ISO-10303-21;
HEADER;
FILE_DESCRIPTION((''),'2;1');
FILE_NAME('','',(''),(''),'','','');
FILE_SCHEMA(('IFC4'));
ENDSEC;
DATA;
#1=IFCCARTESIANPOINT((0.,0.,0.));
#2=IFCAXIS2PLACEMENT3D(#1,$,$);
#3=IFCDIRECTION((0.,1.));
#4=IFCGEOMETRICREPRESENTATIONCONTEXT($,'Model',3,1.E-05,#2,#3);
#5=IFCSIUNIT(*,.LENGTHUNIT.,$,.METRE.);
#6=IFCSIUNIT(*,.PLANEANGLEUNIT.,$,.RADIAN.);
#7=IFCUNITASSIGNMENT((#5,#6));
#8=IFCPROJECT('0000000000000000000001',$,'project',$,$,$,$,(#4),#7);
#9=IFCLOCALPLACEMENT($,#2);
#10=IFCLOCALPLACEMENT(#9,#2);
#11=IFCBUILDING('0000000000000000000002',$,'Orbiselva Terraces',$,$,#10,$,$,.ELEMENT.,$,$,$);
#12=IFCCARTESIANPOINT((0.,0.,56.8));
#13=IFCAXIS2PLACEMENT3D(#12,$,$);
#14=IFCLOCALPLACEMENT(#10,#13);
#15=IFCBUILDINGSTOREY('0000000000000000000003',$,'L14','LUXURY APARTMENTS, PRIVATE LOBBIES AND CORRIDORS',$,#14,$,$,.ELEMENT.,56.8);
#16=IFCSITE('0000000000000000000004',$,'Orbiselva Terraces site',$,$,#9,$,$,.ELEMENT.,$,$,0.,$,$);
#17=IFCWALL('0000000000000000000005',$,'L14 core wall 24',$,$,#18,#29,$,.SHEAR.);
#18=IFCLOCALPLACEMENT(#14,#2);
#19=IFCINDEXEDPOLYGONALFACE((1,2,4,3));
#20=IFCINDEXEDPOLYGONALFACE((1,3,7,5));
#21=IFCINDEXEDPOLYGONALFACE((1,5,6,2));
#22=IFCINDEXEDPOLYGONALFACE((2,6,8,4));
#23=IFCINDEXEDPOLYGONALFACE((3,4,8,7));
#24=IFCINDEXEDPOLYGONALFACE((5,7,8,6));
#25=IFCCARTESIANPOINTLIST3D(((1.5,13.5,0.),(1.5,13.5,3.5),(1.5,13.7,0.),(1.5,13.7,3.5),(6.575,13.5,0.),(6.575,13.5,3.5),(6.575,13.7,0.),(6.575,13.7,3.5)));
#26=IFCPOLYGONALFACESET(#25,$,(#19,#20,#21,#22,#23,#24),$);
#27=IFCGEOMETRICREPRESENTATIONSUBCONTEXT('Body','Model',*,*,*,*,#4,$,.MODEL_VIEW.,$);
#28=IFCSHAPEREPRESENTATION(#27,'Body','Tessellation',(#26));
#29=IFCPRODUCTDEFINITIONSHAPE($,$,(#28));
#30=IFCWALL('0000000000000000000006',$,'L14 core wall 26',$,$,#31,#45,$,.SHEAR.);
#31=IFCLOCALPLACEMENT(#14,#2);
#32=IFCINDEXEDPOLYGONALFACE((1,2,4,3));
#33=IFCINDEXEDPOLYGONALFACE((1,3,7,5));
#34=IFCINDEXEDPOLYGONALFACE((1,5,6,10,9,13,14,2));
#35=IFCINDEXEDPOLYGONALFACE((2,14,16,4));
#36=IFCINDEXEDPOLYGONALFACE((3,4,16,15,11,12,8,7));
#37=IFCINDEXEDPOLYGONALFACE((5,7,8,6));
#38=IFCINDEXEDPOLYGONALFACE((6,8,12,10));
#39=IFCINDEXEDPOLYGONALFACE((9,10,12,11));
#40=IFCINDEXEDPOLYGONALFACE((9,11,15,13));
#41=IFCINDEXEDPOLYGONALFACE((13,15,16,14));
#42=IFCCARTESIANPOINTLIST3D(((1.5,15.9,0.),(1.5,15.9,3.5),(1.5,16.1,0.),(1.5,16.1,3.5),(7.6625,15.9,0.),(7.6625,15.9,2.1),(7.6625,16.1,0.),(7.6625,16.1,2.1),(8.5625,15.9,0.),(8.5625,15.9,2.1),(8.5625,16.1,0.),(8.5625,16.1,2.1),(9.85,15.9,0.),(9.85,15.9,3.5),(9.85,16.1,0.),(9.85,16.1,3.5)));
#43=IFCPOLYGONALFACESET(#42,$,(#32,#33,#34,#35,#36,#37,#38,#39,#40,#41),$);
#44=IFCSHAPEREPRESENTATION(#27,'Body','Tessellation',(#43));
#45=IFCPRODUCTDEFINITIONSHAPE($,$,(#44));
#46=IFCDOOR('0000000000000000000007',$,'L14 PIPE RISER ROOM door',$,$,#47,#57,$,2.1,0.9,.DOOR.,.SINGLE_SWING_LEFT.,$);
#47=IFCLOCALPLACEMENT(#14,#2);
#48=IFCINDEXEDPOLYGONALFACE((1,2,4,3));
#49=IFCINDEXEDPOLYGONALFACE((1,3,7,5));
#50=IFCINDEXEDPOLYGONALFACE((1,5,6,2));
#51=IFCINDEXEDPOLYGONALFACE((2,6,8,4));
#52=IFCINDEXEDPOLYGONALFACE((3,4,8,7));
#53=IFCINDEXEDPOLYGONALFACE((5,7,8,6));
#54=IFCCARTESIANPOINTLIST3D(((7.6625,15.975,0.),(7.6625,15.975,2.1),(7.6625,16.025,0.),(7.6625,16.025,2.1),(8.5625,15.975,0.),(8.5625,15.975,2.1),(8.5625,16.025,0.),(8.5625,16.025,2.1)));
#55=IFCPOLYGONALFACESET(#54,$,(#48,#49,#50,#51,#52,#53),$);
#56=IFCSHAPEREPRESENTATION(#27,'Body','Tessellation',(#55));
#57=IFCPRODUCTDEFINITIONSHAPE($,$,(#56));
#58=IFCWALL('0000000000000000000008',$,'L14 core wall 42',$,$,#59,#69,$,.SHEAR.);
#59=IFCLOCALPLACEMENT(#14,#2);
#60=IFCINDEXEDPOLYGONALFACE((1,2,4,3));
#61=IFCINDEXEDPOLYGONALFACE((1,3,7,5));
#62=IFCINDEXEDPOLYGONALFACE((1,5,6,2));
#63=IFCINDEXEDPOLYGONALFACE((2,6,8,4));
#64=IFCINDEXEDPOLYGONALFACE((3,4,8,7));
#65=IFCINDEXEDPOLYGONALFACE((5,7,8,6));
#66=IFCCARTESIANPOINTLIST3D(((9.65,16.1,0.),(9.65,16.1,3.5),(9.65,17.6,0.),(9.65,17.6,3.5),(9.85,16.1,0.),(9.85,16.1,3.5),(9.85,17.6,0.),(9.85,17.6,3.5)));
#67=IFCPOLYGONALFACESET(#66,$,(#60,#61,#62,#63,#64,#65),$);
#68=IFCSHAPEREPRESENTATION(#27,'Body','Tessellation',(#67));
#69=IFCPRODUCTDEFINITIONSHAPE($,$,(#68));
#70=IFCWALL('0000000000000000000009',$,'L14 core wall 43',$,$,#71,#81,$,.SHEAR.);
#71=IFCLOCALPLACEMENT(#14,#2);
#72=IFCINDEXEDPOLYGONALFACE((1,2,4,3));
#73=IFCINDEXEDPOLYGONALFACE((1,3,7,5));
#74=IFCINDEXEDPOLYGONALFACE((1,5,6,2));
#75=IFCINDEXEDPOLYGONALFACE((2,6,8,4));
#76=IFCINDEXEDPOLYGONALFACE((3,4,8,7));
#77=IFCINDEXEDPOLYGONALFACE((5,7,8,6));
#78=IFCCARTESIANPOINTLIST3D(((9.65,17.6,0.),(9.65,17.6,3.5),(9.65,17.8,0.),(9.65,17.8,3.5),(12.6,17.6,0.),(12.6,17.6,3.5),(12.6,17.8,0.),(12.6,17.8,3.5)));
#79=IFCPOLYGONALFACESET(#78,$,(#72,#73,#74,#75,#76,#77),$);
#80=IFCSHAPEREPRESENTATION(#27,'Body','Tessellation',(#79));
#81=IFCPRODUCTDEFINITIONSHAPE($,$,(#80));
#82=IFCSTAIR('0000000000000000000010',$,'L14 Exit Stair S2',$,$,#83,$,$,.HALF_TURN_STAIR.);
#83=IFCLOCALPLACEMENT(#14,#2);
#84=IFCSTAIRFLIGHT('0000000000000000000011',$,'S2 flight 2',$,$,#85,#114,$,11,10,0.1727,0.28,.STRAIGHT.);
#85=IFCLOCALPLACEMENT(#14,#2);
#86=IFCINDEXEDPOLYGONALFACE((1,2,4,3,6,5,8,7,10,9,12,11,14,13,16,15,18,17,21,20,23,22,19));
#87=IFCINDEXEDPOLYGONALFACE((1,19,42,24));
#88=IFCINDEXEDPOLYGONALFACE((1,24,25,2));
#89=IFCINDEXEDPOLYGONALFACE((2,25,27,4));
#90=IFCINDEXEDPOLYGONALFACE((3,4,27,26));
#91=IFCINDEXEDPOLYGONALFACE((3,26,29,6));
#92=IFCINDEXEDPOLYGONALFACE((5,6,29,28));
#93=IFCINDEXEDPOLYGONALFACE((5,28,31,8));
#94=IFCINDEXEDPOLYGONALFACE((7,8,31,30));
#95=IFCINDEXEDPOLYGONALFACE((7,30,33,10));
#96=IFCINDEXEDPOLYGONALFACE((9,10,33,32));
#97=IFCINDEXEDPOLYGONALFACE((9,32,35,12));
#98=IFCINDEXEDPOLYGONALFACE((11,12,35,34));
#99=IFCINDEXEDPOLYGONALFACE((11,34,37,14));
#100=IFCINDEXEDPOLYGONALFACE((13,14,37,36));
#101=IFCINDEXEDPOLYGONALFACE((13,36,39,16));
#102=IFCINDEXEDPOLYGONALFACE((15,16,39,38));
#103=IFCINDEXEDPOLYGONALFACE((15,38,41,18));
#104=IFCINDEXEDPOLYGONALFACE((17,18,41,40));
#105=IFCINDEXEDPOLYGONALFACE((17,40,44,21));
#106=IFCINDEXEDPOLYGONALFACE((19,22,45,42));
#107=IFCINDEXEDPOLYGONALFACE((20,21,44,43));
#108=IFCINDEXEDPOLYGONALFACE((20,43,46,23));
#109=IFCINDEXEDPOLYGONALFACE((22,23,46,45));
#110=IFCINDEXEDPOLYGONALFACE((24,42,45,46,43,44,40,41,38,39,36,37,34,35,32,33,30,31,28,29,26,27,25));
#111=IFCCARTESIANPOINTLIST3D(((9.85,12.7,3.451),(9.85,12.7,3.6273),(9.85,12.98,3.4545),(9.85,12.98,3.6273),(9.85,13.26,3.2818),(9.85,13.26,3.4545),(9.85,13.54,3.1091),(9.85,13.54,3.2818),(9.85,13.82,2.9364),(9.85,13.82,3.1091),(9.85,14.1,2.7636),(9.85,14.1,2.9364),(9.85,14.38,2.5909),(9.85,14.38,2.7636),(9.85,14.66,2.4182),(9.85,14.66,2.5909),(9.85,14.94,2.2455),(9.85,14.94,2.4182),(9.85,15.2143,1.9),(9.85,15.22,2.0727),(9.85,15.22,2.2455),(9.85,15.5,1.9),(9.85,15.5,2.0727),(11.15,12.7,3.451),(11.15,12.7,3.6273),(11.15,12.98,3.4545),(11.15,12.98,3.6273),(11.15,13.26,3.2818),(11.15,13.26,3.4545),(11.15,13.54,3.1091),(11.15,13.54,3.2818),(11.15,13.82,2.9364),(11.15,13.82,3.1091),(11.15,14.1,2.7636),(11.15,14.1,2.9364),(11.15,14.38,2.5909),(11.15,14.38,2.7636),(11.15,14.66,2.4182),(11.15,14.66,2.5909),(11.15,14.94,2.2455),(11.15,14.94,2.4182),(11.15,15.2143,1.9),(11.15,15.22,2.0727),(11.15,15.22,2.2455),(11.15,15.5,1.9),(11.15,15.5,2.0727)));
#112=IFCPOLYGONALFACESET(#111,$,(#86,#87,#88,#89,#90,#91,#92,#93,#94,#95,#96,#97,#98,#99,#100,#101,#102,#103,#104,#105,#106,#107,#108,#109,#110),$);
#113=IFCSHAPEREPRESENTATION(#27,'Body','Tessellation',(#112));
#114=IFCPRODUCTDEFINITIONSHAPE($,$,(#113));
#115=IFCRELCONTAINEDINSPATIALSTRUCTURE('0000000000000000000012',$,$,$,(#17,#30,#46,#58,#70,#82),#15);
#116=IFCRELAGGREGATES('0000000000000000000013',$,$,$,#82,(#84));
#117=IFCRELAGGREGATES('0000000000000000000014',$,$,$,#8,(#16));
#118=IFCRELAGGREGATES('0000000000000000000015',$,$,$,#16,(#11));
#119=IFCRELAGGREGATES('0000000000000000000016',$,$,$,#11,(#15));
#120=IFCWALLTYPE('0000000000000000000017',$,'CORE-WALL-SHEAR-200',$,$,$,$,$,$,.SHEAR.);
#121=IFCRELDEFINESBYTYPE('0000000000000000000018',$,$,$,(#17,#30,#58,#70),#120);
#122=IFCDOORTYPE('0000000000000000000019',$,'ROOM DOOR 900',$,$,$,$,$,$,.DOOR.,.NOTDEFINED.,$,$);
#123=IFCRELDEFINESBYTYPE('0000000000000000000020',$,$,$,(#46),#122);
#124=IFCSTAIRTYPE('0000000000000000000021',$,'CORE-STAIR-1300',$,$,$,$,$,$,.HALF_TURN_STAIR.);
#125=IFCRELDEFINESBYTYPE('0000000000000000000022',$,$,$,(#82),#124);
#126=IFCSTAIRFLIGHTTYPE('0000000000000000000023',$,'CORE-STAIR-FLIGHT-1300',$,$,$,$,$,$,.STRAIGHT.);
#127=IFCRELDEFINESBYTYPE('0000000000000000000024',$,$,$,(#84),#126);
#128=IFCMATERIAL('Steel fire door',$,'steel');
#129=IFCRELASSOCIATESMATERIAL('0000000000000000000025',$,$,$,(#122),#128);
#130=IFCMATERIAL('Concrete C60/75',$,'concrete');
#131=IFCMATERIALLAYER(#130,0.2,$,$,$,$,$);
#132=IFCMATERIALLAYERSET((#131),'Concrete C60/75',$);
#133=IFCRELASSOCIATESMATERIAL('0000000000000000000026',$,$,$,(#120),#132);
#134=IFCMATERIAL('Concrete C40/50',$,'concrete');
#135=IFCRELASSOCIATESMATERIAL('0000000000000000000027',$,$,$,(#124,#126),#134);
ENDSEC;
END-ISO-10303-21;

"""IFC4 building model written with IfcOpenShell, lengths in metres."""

from ifc_helpers import new_model, si_unit, direction, frame, frame_2d, origin, place, context, subcontext, project, spatial, polyline, rectangle, outline, extrude, material, layer, layer_set, type_object, element, fill, aggregate, save


model = new_model("IFC4")

# Units and contexts
model_context = context("Model", 3, precision=1e-05, world=origin(), true_north=direction((0.0, 1.0)))
body_context = subcontext(model_context, "Body", "Model", "MODEL_VIEW")
ifc_project = project(units=[si_unit("LENGTHUNIT", "METRE"), si_unit("PLANEANGLEUNIT", "RADIAN")], contexts=[model_context])

# Site, building, storey
site_placement = place(None, origin())
site = spatial("IfcSite", under=ifc_project, at=site_placement, Name="Orbiselva Terraces site", CompositionType="ELEMENT", RefElevation=0.0)
building_placement = place(site_placement, origin())
building = spatial("IfcBuilding", under=site, at=building_placement, Name="Orbiselva Terraces", CompositionType="ELEMENT")
storey_placement = place(building_placement, frame((0.0, 0.0, 56.8)))
storey = spatial("IfcBuildingStorey", under=building, at=storey_placement, Name="L14", Description="LUXURY APARTMENTS, PRIVATE LOBBIES AND CORRIDORS", CompositionType="ELEMENT", Elevation=56.8)

# Shared definitions
ifc_material_1 = material(Name="Steel fire door", Category="steel")
door_type = type_object("IfcDoorType", Name="ROOM DOOR 900", OperationType="NOTDEFINED", PredefinedType="DOOR", material=ifc_material_1)

# Shared definitions
ifc_material_2 = material(Name="Concrete C40/50", Category="concrete")

# Shared definitions
ifc_material_3 = material(Name="Concrete C60/75", Category="concrete")
ifc_layer_1 = layer(ifc_material_3, 0.2)
ifc_layer_set_1 = layer_set([ifc_layer_1], Name="Concrete C60/75")
wall_type_1 = type_object("IfcWallType", Name="CORE-WALL-SHEAR-200", PredefinedType="SHEAR", material=ifc_layer_set_1)

# Wall
wall_1_placement = place(storey_placement, frame((1.5, 13.6, 0.0), z_axis=(0.0, 0.0, 1.0), x_axis=(1.0, 0.0, 0.0)))
element("IfcWall", 1, at=wall_1_placement, inside=storey, type_object=wall_type_1, Name="L14 core wall 24", PredefinedType="SHEAR", context=body_context, shape_type="SweptSolid", body=[
    extrude(rectangle(XDim=5.075, YDim=0.2, at=frame_2d((2.5375, 0.0))), origin(), (0.0, 0.0, 1.0), 3.5),
])

# Wall, opening, door
wall_2_placement = place(storey_placement, frame((9.85, 16.0, 0.0), z_axis=(0.0, 0.0, 1.0), x_axis=(-1.0, 0.0, 0.0)))
wall_2 = element("IfcWall", 2, at=wall_2_placement, inside=storey, type_object=wall_type_1, Name="L14 core wall 26", PredefinedType="SHEAR", context=body_context, shape_type="SweptSolid", body=[
    extrude(rectangle(XDim=8.35, YDim=0.2, at=frame_2d((4.175, 0.0))), origin(), (0.0, 0.0, 1.0), 3.5),
])
opening_1_placement = place(wall_2_placement, frame((1.2875, 0.0, 0.0)))
opening_1 = element("IfcOpeningElement", 3, at=opening_1_placement, cuts=wall_2, PredefinedType="OPENING", context=body_context, shape_type="SweptSolid", body=[
    extrude(rectangle(XDim=0.9, YDim=2.1, at=frame_2d((0.45, 1.05))), frame((0.0, 0.11, 0.0), z_axis=(0.0, -1.0, 0.0), x_axis=(1.0, 0.0, 0.0)), (0.0, 0.0, 1.0), 0.22),
])
door_1_placement = place(opening_1_placement, origin())
door_1 = element("IfcDoor", 4, at=door_1_placement, inside=storey, type_object=door_type, Name="L14 PIPE RISER ROOM door", OperationType="SINGLE_SWING_LEFT", OverallHeight=2.1, OverallWidth=0.9, PredefinedType="DOOR", context=body_context, shape_type="SweptSolid", body=[
    extrude(rectangle(XDim=0.9, YDim=2.1, at=frame_2d((0.45, 1.05))), frame((0.0, 0.025, 0.0), z_axis=(0.0, -1.0, 0.0), x_axis=(1.0, 0.0, 0.0)), (0.0, 0.0, 1.0), 0.05),
])
fill(opening_1, door_1)

# Walls
wall_3_placement = place(storey_placement, frame((9.75, 16.1, 0.0), z_axis=(0.0, 0.0, 1.0), x_axis=(0.0, 1.0, 0.0)))
element("IfcWall", 5, at=wall_3_placement, inside=storey, type_object=wall_type_1, Name="L14 core wall 42", PredefinedType="SHEAR", context=body_context, shape_type="SweptSolid", body=[
    extrude(rectangle(XDim=1.5, YDim=0.2, at=frame_2d((0.75, 0.0))), origin(), (0.0, 0.0, 1.0), 3.5),
])
wall_4_placement = place(storey_placement, frame((9.65, 17.7, 0.0), z_axis=(0.0, 0.0, 1.0), x_axis=(1.0, 0.0, 0.0)))
element("IfcWall", 6, at=wall_4_placement, inside=storey, type_object=wall_type_1, Name="L14 core wall 43", PredefinedType="SHEAR", context=body_context, shape_type="SweptSolid", body=[
    extrude(rectangle(XDim=2.95, YDim=0.2, at=frame_2d((1.475, 0.0))), origin(), (0.0, 0.0, 1.0), 3.5),
])

# Stair, stair flight
stair_type = type_object("IfcStairType", Name="CORE-STAIR-1300", PredefinedType="HALF_TURN_STAIR", material=ifc_material_2)
stair_placement = place(storey_placement, origin())
stair = element("IfcStair", 7, at=stair_placement, inside=storey, type_object=stair_type, Name="L14 Exit Stair S2", PredefinedType="HALF_TURN_STAIR")
stair_flight_type = type_object("IfcStairFlightType", Name="CORE-STAIR-FLIGHT-1300", PredefinedType="STRAIGHT", material=ifc_material_2)
stair_flight_placement = place(storey_placement, frame((10.5, 15.5, 1.9), z_axis=(0.0, 0.0, 1.0), x_axis=(0.0, -1.0, 0.0)))
stair_flight = element("IfcStairFlight", 8, at=stair_flight_placement, type_object=stair_flight_type, Name="S2 flight 2", NumberOfRisers=11, NumberOfTreads=10, PredefinedType="STRAIGHT", RiserHeight=0.1727, TreadLength=0.28, context=body_context, shape_type="SweptSolid", body=[
    extrude(outline(polyline([(0.0, 0.0), (0.0, 0.1727), (0.28, 0.1727), (0.28, 0.3455), (0.56, 0.3455), (0.56, 0.5182), (0.84, 0.5182), (0.84, 0.6909), (1.12, 0.6909), (1.12, 0.8636), (1.4, 0.8636), (1.4, 1.0364), (1.68, 1.0364), (1.68, 1.2091), (1.96, 1.2091), (1.96, 1.3818), (2.24, 1.3818), (2.24, 1.5545), (2.52, 1.5545), (2.52, 1.7273), (2.8, 1.7273), (2.8, 1.9), (2.8, 1.551), (0.2857, 0.0), (0.0, 0.0)])), frame((0.0, 0.65, 0.0), z_axis=(0.0, -1.0, 0.0), x_axis=(1.0, 0.0, 0.0)), (0.0, 0.0, 1.0), 1.3),
])
aggregate(stair, [stair_flight])

save(model, "model.ifc")
